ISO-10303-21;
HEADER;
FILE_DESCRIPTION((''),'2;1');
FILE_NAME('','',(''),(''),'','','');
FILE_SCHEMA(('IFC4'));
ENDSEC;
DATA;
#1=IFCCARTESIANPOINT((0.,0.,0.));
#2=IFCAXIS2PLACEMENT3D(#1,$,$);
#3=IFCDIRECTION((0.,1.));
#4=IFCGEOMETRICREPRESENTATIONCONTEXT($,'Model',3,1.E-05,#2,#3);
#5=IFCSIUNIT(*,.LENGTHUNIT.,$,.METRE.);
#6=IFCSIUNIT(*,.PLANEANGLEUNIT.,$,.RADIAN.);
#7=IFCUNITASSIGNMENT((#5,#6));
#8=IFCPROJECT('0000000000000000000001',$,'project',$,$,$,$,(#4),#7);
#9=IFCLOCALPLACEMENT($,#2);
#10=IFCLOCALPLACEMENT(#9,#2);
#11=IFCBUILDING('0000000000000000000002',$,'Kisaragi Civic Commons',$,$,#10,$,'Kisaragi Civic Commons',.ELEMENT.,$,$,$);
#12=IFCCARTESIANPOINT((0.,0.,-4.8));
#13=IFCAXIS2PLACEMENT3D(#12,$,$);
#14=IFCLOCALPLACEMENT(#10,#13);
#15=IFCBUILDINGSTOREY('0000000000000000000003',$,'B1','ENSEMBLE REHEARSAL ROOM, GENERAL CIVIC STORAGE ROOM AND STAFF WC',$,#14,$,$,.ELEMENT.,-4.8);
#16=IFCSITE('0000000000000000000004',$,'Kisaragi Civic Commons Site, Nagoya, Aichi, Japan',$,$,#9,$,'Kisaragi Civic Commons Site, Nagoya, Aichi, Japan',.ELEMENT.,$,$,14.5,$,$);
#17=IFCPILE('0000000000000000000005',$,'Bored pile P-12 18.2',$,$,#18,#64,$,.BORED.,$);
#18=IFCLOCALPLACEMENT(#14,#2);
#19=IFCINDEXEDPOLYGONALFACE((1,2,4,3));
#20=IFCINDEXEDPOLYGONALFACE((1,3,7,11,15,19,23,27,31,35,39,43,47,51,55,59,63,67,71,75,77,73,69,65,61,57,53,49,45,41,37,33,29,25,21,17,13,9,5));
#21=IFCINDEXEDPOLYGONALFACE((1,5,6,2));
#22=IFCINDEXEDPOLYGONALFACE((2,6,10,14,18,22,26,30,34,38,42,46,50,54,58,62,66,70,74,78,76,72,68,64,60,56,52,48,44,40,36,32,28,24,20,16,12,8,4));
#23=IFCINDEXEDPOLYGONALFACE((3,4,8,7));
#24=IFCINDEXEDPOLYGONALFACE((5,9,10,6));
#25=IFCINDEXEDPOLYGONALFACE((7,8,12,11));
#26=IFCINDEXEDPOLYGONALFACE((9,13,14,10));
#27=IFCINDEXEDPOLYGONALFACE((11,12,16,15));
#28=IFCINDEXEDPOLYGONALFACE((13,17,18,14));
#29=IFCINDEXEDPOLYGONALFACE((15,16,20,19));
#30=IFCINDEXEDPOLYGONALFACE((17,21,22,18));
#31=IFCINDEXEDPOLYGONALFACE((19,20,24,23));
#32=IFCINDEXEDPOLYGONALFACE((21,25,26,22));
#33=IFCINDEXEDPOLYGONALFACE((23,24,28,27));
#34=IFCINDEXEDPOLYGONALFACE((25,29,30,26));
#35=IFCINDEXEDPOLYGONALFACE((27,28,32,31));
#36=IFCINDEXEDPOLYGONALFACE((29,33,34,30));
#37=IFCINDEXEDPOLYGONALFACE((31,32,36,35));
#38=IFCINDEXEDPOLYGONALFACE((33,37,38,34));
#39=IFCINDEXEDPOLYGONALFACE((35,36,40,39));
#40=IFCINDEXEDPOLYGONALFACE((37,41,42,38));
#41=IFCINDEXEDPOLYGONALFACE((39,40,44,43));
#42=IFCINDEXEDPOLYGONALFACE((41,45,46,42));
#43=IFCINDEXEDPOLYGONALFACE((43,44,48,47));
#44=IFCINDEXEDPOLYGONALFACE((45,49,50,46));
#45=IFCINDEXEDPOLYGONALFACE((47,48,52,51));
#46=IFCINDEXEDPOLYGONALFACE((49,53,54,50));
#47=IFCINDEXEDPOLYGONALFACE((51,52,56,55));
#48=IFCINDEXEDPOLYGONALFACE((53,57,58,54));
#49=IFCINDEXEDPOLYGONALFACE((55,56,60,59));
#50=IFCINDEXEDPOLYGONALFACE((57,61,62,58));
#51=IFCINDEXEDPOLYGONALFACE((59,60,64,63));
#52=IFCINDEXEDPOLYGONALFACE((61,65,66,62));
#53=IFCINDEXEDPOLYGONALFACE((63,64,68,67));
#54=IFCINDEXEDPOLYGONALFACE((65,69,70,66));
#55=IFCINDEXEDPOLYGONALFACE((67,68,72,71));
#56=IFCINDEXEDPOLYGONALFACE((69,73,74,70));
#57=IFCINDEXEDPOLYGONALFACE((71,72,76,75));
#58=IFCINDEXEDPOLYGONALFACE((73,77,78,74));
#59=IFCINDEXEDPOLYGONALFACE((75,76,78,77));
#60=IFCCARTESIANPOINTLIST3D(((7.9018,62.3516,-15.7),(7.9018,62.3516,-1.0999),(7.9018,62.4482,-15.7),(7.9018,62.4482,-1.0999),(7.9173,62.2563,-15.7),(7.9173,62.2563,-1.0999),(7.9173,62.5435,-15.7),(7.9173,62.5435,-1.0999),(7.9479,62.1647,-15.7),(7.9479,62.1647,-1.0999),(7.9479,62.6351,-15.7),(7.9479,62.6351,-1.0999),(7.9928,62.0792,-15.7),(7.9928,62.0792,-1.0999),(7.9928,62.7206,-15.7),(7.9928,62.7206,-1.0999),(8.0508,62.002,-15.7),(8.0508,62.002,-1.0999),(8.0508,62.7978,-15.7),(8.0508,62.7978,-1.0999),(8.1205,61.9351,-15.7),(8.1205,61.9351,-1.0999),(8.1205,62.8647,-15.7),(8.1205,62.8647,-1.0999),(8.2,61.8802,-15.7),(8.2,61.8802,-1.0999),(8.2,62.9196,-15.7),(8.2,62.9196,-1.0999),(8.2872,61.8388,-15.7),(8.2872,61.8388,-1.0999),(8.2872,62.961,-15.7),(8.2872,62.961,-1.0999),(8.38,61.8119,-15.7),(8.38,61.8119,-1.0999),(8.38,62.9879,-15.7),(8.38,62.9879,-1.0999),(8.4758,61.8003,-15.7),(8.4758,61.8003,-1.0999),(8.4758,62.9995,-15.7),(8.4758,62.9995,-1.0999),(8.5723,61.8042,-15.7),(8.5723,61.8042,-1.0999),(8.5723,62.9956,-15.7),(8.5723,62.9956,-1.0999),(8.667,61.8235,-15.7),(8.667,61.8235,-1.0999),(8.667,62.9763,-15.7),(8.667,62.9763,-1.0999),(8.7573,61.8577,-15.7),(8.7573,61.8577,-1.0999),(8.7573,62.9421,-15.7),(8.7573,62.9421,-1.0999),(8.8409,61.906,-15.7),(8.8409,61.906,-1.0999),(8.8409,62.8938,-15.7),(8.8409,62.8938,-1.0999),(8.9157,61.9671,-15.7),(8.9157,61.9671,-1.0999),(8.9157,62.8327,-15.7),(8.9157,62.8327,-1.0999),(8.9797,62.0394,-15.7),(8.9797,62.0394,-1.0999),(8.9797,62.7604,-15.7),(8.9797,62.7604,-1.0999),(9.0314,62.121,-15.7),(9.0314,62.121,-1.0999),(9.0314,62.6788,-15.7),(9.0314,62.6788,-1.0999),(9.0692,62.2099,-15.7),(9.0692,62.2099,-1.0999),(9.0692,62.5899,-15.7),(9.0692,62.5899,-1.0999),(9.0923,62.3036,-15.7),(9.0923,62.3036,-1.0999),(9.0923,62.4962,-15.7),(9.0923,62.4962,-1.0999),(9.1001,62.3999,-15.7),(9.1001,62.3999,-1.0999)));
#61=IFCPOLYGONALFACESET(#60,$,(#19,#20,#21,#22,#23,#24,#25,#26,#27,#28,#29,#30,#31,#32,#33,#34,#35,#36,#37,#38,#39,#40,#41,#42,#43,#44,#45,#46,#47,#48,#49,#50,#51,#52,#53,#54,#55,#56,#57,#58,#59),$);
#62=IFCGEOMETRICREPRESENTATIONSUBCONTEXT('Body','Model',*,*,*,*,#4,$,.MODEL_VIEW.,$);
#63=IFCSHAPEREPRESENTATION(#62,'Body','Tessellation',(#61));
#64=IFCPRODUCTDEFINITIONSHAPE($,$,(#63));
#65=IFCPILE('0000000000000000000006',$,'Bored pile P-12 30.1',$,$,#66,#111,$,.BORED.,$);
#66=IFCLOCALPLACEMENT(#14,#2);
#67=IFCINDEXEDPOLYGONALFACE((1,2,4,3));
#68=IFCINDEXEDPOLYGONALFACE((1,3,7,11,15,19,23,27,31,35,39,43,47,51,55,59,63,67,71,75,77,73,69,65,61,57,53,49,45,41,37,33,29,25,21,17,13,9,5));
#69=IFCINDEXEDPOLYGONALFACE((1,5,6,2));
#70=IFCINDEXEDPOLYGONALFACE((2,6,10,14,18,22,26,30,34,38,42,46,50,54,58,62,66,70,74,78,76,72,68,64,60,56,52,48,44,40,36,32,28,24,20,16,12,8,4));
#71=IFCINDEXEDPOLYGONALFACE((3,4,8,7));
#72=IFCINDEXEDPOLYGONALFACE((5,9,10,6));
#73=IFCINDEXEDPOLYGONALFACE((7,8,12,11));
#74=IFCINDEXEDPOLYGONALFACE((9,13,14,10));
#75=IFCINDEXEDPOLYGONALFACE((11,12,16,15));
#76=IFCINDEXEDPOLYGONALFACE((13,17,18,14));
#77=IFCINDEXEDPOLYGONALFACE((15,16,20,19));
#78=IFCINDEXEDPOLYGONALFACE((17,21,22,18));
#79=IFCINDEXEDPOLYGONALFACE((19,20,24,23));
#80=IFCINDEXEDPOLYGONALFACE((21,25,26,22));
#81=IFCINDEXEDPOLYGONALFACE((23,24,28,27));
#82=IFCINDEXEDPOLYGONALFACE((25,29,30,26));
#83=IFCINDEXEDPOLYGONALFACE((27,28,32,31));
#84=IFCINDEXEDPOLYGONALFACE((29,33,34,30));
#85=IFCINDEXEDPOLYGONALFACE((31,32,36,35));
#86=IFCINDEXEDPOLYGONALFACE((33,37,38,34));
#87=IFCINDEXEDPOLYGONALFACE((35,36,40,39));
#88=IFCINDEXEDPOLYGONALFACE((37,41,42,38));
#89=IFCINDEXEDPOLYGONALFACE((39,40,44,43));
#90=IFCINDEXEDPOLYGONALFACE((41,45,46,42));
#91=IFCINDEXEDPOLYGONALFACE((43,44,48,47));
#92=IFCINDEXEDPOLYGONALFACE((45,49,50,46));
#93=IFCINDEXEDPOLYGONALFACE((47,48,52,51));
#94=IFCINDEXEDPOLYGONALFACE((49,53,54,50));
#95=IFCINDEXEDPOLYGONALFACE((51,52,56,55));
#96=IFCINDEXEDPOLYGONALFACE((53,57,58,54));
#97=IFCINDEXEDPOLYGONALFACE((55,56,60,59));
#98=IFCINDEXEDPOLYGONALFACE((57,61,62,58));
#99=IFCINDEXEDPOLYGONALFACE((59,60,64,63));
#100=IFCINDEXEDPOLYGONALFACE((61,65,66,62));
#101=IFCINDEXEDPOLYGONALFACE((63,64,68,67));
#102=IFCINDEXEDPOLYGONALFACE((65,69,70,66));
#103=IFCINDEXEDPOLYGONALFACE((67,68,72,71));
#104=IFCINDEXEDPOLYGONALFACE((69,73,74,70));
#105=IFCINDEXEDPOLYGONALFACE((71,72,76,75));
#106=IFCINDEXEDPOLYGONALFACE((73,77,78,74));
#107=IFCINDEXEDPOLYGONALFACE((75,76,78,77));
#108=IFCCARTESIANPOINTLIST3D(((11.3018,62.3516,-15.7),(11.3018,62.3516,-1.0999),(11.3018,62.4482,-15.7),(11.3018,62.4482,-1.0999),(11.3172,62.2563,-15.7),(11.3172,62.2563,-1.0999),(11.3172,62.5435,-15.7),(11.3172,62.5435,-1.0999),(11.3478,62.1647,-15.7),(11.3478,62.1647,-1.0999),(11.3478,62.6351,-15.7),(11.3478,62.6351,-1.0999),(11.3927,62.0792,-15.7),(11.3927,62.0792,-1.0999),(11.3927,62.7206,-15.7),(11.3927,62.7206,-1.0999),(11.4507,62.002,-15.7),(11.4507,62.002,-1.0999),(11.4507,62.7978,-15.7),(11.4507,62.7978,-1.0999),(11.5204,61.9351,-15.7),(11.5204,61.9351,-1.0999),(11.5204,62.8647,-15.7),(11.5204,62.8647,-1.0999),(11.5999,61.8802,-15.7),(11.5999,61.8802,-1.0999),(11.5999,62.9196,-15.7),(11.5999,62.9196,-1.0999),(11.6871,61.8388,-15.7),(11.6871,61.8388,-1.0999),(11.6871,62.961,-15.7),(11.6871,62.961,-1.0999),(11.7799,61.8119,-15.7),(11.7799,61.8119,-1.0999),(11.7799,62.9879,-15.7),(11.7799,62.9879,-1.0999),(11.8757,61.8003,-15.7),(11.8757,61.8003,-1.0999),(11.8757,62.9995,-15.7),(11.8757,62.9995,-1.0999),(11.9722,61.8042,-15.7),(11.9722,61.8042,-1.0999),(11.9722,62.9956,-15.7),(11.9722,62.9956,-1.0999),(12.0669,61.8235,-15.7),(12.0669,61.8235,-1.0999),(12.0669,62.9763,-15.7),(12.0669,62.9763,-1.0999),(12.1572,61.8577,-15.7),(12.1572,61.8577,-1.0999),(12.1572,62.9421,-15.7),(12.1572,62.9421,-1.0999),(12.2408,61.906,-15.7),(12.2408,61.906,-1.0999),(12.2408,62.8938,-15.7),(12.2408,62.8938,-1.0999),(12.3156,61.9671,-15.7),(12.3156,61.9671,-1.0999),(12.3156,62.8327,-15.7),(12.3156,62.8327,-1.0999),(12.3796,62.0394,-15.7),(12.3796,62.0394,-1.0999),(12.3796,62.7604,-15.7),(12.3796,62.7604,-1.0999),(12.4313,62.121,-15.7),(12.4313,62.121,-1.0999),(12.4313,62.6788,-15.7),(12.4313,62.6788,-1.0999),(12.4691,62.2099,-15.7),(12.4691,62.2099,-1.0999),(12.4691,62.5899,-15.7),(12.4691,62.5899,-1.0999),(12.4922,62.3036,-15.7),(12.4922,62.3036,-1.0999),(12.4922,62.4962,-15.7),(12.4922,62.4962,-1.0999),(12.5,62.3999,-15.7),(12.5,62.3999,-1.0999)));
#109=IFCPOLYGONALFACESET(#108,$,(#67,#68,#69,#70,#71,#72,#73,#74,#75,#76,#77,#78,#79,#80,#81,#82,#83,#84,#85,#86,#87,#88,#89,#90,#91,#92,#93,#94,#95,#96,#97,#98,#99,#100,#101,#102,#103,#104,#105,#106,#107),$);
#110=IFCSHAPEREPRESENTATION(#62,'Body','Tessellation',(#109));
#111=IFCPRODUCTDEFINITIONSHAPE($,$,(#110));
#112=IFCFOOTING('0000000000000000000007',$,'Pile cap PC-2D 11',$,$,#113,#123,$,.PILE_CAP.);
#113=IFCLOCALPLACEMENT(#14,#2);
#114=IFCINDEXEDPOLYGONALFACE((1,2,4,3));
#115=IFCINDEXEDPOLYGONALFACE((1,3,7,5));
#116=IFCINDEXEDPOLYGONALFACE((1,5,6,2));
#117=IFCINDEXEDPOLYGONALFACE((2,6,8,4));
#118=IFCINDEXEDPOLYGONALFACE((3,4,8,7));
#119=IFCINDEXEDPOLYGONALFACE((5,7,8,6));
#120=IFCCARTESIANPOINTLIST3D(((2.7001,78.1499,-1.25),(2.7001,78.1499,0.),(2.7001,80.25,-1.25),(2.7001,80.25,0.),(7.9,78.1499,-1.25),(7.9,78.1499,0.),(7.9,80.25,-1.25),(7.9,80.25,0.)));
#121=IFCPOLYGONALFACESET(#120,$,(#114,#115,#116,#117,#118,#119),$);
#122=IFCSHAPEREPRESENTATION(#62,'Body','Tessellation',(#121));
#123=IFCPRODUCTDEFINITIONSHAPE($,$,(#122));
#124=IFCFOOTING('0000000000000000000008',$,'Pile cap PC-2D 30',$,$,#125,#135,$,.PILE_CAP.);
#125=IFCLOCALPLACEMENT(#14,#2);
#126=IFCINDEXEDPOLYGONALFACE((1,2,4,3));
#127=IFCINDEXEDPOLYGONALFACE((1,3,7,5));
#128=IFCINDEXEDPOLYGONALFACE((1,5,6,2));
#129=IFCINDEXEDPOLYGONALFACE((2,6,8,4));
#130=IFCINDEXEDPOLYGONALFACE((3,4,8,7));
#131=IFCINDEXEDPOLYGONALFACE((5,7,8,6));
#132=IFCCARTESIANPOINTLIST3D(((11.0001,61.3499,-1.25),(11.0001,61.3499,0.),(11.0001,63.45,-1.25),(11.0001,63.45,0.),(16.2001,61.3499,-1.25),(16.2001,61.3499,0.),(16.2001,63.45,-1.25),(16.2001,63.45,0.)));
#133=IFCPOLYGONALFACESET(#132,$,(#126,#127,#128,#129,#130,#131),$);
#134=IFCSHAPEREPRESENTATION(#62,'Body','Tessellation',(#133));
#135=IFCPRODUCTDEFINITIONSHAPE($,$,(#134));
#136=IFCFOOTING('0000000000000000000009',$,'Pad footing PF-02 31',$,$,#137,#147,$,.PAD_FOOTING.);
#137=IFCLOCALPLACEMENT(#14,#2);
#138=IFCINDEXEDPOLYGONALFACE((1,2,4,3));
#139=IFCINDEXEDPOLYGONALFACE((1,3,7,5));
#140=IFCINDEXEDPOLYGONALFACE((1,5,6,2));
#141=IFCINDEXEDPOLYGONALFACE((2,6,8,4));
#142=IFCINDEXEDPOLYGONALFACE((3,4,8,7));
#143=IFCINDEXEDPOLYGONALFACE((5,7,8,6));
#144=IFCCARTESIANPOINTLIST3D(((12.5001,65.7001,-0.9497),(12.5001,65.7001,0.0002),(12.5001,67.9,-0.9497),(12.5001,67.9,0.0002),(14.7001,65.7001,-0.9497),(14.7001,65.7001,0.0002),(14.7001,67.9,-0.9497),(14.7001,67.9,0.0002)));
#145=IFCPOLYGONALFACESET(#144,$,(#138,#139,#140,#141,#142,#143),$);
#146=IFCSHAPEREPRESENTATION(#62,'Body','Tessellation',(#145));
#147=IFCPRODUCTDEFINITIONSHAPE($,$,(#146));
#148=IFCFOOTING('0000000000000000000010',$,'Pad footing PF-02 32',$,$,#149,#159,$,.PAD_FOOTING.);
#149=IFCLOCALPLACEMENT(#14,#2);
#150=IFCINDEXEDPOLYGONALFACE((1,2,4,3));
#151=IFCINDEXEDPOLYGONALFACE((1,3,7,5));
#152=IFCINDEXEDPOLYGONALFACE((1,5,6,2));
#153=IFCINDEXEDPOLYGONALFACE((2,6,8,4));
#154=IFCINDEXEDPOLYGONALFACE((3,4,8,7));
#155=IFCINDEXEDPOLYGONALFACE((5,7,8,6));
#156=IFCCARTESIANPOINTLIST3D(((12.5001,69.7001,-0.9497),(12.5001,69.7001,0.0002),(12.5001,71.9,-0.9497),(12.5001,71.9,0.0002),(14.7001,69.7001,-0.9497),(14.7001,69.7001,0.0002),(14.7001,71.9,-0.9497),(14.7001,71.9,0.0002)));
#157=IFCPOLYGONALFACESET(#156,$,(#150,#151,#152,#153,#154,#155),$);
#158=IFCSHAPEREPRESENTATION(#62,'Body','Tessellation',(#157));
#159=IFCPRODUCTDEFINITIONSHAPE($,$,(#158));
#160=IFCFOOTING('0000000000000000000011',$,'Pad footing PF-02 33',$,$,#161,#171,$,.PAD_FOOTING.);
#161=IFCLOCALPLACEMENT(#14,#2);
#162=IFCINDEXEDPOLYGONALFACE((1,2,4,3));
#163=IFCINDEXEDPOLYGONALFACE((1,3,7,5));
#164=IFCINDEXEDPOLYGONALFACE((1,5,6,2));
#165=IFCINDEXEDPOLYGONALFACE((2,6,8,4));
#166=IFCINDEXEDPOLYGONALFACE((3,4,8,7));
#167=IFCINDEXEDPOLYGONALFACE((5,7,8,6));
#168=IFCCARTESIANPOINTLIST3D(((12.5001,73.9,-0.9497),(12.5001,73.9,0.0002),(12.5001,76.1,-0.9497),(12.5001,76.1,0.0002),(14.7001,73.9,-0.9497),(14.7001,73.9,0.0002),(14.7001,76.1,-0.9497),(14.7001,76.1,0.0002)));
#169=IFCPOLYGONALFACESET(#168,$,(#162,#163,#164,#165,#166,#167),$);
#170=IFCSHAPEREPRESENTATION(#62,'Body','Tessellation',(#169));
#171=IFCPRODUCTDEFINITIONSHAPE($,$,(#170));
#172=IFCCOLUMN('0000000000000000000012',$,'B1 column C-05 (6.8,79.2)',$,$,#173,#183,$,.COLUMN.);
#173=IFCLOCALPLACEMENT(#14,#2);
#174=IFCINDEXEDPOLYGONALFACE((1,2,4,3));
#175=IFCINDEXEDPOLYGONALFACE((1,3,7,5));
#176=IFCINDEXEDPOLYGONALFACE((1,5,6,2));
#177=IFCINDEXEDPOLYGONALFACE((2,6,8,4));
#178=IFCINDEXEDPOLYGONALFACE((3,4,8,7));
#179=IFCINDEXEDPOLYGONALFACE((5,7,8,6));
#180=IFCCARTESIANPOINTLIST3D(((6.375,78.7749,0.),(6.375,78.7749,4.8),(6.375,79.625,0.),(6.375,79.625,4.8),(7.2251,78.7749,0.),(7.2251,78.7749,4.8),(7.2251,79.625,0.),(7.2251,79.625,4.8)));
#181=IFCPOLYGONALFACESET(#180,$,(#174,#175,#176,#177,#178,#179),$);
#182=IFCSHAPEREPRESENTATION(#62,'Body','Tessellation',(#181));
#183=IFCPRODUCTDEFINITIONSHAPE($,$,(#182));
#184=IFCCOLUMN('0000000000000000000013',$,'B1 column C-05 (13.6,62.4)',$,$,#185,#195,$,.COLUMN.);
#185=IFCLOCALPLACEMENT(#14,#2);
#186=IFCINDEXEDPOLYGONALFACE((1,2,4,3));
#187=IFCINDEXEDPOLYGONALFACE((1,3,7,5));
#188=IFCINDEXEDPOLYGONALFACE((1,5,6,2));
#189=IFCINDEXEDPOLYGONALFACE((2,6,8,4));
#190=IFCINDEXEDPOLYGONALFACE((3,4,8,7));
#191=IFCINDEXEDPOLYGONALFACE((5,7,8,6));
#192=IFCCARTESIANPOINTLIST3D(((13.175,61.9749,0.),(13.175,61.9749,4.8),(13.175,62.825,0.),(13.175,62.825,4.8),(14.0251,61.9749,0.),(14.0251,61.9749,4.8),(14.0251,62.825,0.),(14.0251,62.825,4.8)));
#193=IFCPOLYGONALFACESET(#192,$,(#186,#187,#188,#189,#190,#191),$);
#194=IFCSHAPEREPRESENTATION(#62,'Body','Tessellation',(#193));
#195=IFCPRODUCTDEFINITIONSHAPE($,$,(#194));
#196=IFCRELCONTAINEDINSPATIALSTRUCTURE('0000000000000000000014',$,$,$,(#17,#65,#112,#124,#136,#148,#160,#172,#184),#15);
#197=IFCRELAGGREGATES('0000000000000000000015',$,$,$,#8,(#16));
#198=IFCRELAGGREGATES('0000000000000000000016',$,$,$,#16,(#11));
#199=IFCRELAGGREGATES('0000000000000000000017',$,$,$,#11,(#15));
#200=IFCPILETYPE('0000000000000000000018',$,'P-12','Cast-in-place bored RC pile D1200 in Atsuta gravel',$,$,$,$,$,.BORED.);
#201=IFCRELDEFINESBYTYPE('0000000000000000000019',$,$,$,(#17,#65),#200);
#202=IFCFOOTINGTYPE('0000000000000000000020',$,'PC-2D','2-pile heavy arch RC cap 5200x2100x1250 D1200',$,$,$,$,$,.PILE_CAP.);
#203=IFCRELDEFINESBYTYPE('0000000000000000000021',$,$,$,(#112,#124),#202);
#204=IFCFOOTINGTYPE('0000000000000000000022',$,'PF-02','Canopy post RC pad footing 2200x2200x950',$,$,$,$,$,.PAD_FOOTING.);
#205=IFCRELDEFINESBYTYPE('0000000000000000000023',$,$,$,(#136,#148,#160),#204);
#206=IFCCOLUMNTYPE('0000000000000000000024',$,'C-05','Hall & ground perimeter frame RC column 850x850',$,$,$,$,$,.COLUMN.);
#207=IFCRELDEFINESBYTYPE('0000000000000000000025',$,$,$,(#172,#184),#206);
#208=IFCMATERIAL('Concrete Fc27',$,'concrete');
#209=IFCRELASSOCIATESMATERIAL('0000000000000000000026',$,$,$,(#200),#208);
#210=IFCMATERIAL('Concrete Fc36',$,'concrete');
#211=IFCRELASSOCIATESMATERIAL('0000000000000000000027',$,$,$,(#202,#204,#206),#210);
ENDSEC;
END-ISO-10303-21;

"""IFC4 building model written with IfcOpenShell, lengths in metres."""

from ifc_helpers import new_model, si_unit, direction, frame, origin, origin_2d, place, context, subcontext, project, spatial, rectangle, circle, extrude, material, material_profile, profile_set, type_object, element, save


model = new_model("IFC4")

# Units and contexts
model_context = context("Model", 3, precision=1e-05, world=origin(), true_north=direction((0.0, 1.0)))
body_context = subcontext(model_context, "Body", "Model", "MODEL_VIEW")
ifc_project = project(units=[si_unit("LENGTHUNIT", "METRE"), si_unit("PLANEANGLEUNIT", "RADIAN")], contexts=[model_context])

# Site, building, storey
site_placement = place(None, origin())
site = spatial("IfcSite", under=ifc_project, at=site_placement, Name="Kisaragi Civic Commons Site, Nagoya, Aichi, Japan", LongName="Kisaragi Civic Commons Site, Nagoya, Aichi, Japan", CompositionType="ELEMENT", RefElevation=14.5)
building_placement = place(site_placement, origin())
building = spatial("IfcBuilding", under=site, at=building_placement, Name="Kisaragi Civic Commons", LongName="Kisaragi Civic Commons", CompositionType="ELEMENT")
storey_placement = place(building_placement, frame((0.0, 0.0, -4.8)))
storey = spatial("IfcBuildingStorey", under=building, at=storey_placement, Name="B1", Description="ENSEMBLE REHEARSAL ROOM, GENERAL CIVIC STORAGE ROOM AND STAFF WC", CompositionType="ELEMENT", Elevation=-4.8)

# Shared definitions
ifc_material_1 = material(Name="Concrete Fc27", Category="concrete")

# Piles
ifc_material_profile_1 = material_profile(ifc_material_1, circle(Radius=0.6001, at=origin_2d()), Name="PILE-D1200", Category="concrete")
ifc_profile_set_1 = profile_set([ifc_material_profile_1], Name="Concrete Fc27")
pile_type = type_object("IfcPileType", Name="P-12", Description="Cast-in-place bored RC pile D1200 in Atsuta gravel", PredefinedType="BORED", material=ifc_profile_set_1)
for number, where, z_axis, x_axis, name in (
    (1, (8.5, 62.3999, -1.0999), (0.0, 0.0, -1.0), (1.0, 0.0, 0.0), "Bored pile P-12 18.2"),
    (2, (11.8999, 62.3999, -1.0999), (0.0, 0.0, -1.0), (1.0, 0.0, 0.0), "Bored pile P-12 30.1"),
):
    element("IfcPile", number, at=place(storey_placement, frame(where, z_axis=z_axis, x_axis=x_axis)), inside=storey, type_object=pile_type, Name=name, PredefinedType="BORED", context=body_context, shape_type="SweptSolid", body=[
        extrude(circle(Radius=0.6001, at=origin_2d()), origin(), (0.0, 0.0, 1.0), 14.6001),
    ])

# Footings
ifc_material_2 = material(Name="Concrete Fc36", Category="concrete")
footing_type_1 = type_object("IfcFootingType", Name="PC-2D", Description="2-pile heavy arch RC cap 5200x2100x1250 D1200", PredefinedType="PILE_CAP", material=ifc_material_2)
for number, where, z_axis, x_axis, name in (
    (3, (5.3, 79.2, -1.25), (0.0, 0.0, 1.0), (1.0, 0.0, 0.0), "Pile cap PC-2D 11"),
    (4, (13.6001, 62.3999, -1.25), (0.0, 0.0, 1.0), (1.0, 0.0, 0.0), "Pile cap PC-2D 30"),
):
    element("IfcFooting", number, at=place(storey_placement, frame(where, z_axis=z_axis, x_axis=x_axis)), inside=storey, type_object=footing_type_1, Name=name, PredefinedType="PILE_CAP", context=body_context, shape_type="SweptSolid", body=[
        extrude(rectangle(XDim=5.2, YDim=2.1001, at=origin_2d()), origin(), (0.0, 0.0, 1.0), 1.25),
    ])
footing_type_2 = type_object("IfcFootingType", Name="PF-02", Description="Canopy post RC pad footing 2200x2200x950", PredefinedType="PAD_FOOTING", material=ifc_material_2)
for number, where, z_axis, x_axis, name in (
    (5, (13.6001, 66.8, -0.9497), (0.0, 0.0, 1.0), (1.0, 0.0, 0.0), "Pad footing PF-02 31"),
    (6, (13.6001, 70.8, -0.9497), (0.0, 0.0, 1.0), (1.0, 0.0, 0.0), "Pad footing PF-02 32"),
    (7, (13.6001, 75.0, -0.9497), (0.0, 0.0, 1.0), (1.0, 0.0, 0.0), "Pad footing PF-02 33"),
):
    element("IfcFooting", number, at=place(storey_placement, frame(where, z_axis=z_axis, x_axis=x_axis)), inside=storey, type_object=footing_type_2, Name=name, PredefinedType="PAD_FOOTING", context=body_context, shape_type="SweptSolid", body=[
        extrude(rectangle(XDim=2.2, YDim=2.2, at=origin_2d()), origin(), (0.0, 0.0, 1.0), 0.95),
    ])

# Columns
ifc_material_profile_2 = material_profile(ifc_material_2, rectangle(XDim=0.8501, YDim=0.8501, at=origin_2d()), Name="RC-850x850", Category="concrete")
ifc_profile_set_2 = profile_set([ifc_material_profile_2], Name="Concrete Fc36")
column_type_1 = type_object("IfcColumnType", Name="C-05", Description="Hall & ground perimeter frame RC column 850x850", PredefinedType="COLUMN", material=ifc_profile_set_2)
for number, where, z_axis, x_axis, name in (
    (8, (6.8, 79.2, 0.0), (0.0, 0.0, 1.0), (1.0, 0.0, 0.0), "B1 column C-05 (6.8,79.2)"),
    (9, (13.6001, 62.3999, 0.0), (0.0, 0.0, 1.0), (1.0, 0.0, 0.0), "B1 column C-05 (13.6,62.4)"),
):
    element("IfcColumn", number, at=place(storey_placement, frame(where, z_axis=z_axis, x_axis=x_axis)), inside=storey, type_object=column_type_1, Name=name, PredefinedType="COLUMN", context=body_context, shape_type="SweptSolid", body=[
        extrude(rectangle(XDim=0.8501, YDim=0.8501, at=origin_2d()), origin(), (0.0, 0.0, 1.0), 4.8),
    ])

save(model, "model.ifc")
